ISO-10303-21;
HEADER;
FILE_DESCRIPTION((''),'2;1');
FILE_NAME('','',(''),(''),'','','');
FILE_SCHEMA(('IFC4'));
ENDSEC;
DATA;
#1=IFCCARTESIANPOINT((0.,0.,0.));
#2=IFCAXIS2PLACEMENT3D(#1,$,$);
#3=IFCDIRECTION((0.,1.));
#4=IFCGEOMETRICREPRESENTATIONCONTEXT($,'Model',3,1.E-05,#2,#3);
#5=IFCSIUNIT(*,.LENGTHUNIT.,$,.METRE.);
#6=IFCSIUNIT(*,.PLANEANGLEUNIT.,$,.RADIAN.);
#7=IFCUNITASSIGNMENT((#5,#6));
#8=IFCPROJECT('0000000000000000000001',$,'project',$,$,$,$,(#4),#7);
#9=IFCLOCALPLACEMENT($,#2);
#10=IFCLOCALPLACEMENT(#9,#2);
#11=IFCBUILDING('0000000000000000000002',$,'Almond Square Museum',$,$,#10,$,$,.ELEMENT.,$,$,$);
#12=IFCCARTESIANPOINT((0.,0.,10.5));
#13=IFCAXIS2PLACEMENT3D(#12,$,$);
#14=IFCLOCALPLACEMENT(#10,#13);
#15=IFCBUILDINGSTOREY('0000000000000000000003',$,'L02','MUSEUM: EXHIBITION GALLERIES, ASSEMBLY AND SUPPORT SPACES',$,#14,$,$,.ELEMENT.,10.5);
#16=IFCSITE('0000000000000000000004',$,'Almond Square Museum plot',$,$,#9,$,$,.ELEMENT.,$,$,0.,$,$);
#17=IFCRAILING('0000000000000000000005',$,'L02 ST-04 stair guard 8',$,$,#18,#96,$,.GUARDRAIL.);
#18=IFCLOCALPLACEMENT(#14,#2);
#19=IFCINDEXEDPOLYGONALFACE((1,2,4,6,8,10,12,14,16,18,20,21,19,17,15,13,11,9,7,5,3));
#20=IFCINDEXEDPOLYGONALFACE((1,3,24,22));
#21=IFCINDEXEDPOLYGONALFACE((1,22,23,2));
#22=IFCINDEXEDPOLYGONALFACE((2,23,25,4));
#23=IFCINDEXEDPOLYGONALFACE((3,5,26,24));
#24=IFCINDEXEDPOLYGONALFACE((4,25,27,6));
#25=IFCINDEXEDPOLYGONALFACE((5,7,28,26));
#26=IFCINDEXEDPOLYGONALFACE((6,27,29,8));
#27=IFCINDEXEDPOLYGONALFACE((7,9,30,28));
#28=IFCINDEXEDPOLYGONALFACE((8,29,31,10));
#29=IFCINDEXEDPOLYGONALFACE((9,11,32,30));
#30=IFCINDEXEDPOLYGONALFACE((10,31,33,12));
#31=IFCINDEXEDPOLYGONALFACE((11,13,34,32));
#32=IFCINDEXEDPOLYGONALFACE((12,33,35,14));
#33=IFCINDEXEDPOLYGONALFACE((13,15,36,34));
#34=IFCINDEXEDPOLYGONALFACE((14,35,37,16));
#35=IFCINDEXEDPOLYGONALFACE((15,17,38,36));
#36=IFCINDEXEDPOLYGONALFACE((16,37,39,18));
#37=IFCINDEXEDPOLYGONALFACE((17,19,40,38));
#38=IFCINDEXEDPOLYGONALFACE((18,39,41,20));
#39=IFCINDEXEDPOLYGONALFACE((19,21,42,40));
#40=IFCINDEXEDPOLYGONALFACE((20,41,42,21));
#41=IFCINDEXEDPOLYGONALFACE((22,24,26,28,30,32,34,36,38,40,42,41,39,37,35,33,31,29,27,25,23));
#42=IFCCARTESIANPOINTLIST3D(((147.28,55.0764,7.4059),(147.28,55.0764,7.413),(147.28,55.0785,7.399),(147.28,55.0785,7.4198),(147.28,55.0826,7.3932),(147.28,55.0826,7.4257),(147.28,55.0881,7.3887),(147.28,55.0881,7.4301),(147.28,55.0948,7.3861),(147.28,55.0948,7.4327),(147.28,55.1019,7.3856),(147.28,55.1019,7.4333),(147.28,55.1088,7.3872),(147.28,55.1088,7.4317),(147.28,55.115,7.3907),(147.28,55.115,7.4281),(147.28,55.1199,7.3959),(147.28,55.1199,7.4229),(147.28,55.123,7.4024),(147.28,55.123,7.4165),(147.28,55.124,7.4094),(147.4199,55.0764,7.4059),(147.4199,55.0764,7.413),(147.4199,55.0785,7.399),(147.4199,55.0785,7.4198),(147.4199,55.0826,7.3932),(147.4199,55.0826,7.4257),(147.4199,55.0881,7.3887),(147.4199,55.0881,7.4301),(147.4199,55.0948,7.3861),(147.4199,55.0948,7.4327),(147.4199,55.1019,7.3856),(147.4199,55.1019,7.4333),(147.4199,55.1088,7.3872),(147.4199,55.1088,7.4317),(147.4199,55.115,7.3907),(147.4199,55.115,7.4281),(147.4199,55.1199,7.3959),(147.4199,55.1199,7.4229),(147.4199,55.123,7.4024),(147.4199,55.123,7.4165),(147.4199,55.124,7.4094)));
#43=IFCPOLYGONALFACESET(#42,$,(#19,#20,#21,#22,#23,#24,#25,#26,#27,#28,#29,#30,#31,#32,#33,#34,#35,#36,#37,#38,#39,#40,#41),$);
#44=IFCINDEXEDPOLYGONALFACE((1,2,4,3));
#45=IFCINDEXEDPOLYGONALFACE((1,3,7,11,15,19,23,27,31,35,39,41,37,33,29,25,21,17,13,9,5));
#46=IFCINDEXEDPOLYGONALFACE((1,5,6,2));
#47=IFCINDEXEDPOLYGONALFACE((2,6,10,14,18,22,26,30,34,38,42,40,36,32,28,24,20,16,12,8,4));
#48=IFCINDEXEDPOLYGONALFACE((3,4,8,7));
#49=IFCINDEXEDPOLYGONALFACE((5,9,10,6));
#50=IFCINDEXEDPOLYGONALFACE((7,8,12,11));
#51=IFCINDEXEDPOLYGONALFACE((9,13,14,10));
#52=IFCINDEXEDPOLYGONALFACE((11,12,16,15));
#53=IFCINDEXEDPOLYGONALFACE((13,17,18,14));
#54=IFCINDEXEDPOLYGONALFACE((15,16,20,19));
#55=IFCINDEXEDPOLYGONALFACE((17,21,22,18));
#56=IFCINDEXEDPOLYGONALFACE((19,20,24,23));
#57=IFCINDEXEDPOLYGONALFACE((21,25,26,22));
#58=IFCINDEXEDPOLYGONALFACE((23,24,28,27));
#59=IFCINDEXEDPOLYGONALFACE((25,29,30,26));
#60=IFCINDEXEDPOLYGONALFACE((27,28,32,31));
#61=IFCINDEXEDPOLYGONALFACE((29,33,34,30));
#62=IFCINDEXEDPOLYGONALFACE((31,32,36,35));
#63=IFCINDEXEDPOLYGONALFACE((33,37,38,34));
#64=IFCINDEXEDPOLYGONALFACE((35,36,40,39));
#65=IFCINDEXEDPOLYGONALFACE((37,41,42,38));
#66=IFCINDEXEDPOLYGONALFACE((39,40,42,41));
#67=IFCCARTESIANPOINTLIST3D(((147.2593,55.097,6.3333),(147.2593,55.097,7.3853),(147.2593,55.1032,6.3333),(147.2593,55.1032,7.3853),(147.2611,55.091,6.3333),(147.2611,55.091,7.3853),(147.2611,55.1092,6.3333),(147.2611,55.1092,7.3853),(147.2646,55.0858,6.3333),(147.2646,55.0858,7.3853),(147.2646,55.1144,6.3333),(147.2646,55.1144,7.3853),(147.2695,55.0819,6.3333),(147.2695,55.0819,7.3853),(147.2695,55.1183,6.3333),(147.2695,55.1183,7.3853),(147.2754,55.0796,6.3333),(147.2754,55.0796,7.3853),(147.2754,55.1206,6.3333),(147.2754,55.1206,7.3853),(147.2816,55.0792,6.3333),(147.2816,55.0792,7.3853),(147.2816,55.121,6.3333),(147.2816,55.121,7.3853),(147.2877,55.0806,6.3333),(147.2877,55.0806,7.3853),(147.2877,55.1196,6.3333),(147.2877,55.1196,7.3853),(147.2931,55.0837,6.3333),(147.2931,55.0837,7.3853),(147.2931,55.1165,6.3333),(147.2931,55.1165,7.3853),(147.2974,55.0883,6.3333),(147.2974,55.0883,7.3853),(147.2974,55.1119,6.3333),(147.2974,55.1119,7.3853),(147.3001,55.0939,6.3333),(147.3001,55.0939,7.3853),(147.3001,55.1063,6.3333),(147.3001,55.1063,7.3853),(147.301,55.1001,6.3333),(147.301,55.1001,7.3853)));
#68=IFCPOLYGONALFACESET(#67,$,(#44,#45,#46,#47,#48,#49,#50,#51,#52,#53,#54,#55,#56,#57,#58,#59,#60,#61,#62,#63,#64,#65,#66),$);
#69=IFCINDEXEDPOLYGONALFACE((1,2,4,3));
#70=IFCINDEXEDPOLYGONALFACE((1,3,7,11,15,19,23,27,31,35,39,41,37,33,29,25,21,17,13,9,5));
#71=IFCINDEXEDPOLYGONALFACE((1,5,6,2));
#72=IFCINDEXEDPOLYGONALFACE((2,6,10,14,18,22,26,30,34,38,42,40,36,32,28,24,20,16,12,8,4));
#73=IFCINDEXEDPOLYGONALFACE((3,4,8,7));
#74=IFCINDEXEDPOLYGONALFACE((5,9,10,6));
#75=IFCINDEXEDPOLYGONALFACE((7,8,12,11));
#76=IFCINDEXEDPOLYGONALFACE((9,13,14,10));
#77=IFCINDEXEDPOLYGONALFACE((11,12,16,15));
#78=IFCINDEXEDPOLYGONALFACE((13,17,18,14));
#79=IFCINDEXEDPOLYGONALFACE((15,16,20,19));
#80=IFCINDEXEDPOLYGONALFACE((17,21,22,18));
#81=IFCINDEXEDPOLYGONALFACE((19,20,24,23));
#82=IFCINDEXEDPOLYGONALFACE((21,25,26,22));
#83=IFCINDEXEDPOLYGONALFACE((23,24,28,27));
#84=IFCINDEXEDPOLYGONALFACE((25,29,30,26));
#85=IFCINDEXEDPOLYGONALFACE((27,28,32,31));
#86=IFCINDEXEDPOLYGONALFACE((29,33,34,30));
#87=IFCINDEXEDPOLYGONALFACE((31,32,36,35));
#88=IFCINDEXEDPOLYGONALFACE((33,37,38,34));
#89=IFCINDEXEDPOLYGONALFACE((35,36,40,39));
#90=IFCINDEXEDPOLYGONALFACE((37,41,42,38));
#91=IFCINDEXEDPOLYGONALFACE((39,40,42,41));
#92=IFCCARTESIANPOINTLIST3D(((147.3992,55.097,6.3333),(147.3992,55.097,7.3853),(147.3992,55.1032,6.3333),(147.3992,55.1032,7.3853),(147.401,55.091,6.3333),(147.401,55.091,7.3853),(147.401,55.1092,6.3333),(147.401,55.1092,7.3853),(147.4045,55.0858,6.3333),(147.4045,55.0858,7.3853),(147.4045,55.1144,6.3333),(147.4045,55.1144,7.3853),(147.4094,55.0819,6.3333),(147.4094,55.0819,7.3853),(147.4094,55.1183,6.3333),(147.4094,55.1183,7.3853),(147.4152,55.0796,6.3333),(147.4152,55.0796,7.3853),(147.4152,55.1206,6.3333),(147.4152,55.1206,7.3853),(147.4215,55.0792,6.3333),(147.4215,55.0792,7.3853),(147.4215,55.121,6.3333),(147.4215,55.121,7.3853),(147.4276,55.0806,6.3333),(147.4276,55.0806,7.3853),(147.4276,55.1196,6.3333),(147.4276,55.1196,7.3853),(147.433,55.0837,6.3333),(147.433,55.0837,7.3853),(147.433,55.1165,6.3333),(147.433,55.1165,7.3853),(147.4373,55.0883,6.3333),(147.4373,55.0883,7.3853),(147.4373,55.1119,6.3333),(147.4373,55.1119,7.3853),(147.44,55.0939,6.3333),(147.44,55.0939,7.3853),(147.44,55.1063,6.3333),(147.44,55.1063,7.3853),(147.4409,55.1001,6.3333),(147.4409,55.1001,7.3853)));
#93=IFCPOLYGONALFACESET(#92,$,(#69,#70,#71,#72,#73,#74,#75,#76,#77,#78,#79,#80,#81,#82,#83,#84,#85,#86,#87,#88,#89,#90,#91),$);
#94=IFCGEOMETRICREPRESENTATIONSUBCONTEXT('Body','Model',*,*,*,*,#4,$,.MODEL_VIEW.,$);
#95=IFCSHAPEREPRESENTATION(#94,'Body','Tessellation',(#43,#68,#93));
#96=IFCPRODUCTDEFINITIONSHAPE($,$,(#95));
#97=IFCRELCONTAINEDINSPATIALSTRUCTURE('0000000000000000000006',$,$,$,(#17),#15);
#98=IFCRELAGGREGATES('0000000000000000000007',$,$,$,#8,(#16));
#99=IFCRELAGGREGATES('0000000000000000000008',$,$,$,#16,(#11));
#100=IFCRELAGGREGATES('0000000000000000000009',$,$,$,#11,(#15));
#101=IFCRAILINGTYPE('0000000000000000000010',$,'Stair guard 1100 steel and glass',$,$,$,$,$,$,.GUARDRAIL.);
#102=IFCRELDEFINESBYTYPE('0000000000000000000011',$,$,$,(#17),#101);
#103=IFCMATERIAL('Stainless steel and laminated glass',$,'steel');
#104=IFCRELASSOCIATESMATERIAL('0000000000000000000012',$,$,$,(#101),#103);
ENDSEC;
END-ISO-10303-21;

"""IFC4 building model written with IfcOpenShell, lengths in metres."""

from ifc_helpers import new_model, si_unit, direction, frame, origin, origin_2d, place, context, subcontext, project, spatial, circle, extrude, material, type_object, element, save


model = new_model("IFC4")

# Units and contexts
model_context = context("Model", 3, precision=1e-05, world=origin(), true_north=direction((0.0, 1.0)))
body_context = subcontext(model_context, "Body", "Model", "MODEL_VIEW")
ifc_project = project(units=[si_unit("LENGTHUNIT", "METRE"), si_unit("PLANEANGLEUNIT", "RADIAN")], contexts=[model_context])

# Site, building, storey
site_placement = place(None, origin())
site = spatial("IfcSite", under=ifc_project, at=site_placement, Name="Almond Square Museum plot", CompositionType="ELEMENT", RefElevation=0.0)
building_placement = place(site_placement, origin())
building = spatial("IfcBuilding", under=site, at=building_placement, Name="Almond Square Museum", CompositionType="ELEMENT")
storey_placement = place(building_placement, frame((0.0, 0.0, 10.5)))
storey = spatial("IfcBuildingStorey", under=building, at=storey_placement, Name="L02", Description="MUSEUM: EXHIBITION GALLERIES, ASSEMBLY AND SUPPORT SPACES", CompositionType="ELEMENT", Elevation=10.5)

# Railing
ifc_material_1 = material(Name="Stainless steel and laminated glass", Category="steel")
railing_type_1 = type_object("IfcRailingType", Name="Stair guard 1100 steel and glass", PredefinedType="GUARDRAIL", material=ifc_material_1)
railing_1_placement = place(storey_placement, frame((147.28, 55.1001, 6.3333)))
element("IfcRailing", 1, at=railing_1_placement, inside=storey, type_object=railing_type_1, Name="L02 ST-04 stair guard 8", PredefinedType="GUARDRAIL", context=body_context, shape_type="SweptSolid", body=[
    extrude(circle(Radius=0.0239, at=origin_2d()), frame((0.0, 0.0, 1.0762), z_axis=(1.0, 0.0, 0.0), x_axis=(0.0, 1.0, 0.0)), (0.0, 0.0, 1.0), 0.1399),
    extrude(circle(Radius=0.021, at=origin_2d()), origin(), (0.0, 0.0, 1.0), 1.052),
    extrude(circle(Radius=0.021, at=origin_2d()), frame((0.1399, 0.0, 0.0)), (0.0, 0.0, 1.0), 1.052),
])

save(model, "model.ifc")
